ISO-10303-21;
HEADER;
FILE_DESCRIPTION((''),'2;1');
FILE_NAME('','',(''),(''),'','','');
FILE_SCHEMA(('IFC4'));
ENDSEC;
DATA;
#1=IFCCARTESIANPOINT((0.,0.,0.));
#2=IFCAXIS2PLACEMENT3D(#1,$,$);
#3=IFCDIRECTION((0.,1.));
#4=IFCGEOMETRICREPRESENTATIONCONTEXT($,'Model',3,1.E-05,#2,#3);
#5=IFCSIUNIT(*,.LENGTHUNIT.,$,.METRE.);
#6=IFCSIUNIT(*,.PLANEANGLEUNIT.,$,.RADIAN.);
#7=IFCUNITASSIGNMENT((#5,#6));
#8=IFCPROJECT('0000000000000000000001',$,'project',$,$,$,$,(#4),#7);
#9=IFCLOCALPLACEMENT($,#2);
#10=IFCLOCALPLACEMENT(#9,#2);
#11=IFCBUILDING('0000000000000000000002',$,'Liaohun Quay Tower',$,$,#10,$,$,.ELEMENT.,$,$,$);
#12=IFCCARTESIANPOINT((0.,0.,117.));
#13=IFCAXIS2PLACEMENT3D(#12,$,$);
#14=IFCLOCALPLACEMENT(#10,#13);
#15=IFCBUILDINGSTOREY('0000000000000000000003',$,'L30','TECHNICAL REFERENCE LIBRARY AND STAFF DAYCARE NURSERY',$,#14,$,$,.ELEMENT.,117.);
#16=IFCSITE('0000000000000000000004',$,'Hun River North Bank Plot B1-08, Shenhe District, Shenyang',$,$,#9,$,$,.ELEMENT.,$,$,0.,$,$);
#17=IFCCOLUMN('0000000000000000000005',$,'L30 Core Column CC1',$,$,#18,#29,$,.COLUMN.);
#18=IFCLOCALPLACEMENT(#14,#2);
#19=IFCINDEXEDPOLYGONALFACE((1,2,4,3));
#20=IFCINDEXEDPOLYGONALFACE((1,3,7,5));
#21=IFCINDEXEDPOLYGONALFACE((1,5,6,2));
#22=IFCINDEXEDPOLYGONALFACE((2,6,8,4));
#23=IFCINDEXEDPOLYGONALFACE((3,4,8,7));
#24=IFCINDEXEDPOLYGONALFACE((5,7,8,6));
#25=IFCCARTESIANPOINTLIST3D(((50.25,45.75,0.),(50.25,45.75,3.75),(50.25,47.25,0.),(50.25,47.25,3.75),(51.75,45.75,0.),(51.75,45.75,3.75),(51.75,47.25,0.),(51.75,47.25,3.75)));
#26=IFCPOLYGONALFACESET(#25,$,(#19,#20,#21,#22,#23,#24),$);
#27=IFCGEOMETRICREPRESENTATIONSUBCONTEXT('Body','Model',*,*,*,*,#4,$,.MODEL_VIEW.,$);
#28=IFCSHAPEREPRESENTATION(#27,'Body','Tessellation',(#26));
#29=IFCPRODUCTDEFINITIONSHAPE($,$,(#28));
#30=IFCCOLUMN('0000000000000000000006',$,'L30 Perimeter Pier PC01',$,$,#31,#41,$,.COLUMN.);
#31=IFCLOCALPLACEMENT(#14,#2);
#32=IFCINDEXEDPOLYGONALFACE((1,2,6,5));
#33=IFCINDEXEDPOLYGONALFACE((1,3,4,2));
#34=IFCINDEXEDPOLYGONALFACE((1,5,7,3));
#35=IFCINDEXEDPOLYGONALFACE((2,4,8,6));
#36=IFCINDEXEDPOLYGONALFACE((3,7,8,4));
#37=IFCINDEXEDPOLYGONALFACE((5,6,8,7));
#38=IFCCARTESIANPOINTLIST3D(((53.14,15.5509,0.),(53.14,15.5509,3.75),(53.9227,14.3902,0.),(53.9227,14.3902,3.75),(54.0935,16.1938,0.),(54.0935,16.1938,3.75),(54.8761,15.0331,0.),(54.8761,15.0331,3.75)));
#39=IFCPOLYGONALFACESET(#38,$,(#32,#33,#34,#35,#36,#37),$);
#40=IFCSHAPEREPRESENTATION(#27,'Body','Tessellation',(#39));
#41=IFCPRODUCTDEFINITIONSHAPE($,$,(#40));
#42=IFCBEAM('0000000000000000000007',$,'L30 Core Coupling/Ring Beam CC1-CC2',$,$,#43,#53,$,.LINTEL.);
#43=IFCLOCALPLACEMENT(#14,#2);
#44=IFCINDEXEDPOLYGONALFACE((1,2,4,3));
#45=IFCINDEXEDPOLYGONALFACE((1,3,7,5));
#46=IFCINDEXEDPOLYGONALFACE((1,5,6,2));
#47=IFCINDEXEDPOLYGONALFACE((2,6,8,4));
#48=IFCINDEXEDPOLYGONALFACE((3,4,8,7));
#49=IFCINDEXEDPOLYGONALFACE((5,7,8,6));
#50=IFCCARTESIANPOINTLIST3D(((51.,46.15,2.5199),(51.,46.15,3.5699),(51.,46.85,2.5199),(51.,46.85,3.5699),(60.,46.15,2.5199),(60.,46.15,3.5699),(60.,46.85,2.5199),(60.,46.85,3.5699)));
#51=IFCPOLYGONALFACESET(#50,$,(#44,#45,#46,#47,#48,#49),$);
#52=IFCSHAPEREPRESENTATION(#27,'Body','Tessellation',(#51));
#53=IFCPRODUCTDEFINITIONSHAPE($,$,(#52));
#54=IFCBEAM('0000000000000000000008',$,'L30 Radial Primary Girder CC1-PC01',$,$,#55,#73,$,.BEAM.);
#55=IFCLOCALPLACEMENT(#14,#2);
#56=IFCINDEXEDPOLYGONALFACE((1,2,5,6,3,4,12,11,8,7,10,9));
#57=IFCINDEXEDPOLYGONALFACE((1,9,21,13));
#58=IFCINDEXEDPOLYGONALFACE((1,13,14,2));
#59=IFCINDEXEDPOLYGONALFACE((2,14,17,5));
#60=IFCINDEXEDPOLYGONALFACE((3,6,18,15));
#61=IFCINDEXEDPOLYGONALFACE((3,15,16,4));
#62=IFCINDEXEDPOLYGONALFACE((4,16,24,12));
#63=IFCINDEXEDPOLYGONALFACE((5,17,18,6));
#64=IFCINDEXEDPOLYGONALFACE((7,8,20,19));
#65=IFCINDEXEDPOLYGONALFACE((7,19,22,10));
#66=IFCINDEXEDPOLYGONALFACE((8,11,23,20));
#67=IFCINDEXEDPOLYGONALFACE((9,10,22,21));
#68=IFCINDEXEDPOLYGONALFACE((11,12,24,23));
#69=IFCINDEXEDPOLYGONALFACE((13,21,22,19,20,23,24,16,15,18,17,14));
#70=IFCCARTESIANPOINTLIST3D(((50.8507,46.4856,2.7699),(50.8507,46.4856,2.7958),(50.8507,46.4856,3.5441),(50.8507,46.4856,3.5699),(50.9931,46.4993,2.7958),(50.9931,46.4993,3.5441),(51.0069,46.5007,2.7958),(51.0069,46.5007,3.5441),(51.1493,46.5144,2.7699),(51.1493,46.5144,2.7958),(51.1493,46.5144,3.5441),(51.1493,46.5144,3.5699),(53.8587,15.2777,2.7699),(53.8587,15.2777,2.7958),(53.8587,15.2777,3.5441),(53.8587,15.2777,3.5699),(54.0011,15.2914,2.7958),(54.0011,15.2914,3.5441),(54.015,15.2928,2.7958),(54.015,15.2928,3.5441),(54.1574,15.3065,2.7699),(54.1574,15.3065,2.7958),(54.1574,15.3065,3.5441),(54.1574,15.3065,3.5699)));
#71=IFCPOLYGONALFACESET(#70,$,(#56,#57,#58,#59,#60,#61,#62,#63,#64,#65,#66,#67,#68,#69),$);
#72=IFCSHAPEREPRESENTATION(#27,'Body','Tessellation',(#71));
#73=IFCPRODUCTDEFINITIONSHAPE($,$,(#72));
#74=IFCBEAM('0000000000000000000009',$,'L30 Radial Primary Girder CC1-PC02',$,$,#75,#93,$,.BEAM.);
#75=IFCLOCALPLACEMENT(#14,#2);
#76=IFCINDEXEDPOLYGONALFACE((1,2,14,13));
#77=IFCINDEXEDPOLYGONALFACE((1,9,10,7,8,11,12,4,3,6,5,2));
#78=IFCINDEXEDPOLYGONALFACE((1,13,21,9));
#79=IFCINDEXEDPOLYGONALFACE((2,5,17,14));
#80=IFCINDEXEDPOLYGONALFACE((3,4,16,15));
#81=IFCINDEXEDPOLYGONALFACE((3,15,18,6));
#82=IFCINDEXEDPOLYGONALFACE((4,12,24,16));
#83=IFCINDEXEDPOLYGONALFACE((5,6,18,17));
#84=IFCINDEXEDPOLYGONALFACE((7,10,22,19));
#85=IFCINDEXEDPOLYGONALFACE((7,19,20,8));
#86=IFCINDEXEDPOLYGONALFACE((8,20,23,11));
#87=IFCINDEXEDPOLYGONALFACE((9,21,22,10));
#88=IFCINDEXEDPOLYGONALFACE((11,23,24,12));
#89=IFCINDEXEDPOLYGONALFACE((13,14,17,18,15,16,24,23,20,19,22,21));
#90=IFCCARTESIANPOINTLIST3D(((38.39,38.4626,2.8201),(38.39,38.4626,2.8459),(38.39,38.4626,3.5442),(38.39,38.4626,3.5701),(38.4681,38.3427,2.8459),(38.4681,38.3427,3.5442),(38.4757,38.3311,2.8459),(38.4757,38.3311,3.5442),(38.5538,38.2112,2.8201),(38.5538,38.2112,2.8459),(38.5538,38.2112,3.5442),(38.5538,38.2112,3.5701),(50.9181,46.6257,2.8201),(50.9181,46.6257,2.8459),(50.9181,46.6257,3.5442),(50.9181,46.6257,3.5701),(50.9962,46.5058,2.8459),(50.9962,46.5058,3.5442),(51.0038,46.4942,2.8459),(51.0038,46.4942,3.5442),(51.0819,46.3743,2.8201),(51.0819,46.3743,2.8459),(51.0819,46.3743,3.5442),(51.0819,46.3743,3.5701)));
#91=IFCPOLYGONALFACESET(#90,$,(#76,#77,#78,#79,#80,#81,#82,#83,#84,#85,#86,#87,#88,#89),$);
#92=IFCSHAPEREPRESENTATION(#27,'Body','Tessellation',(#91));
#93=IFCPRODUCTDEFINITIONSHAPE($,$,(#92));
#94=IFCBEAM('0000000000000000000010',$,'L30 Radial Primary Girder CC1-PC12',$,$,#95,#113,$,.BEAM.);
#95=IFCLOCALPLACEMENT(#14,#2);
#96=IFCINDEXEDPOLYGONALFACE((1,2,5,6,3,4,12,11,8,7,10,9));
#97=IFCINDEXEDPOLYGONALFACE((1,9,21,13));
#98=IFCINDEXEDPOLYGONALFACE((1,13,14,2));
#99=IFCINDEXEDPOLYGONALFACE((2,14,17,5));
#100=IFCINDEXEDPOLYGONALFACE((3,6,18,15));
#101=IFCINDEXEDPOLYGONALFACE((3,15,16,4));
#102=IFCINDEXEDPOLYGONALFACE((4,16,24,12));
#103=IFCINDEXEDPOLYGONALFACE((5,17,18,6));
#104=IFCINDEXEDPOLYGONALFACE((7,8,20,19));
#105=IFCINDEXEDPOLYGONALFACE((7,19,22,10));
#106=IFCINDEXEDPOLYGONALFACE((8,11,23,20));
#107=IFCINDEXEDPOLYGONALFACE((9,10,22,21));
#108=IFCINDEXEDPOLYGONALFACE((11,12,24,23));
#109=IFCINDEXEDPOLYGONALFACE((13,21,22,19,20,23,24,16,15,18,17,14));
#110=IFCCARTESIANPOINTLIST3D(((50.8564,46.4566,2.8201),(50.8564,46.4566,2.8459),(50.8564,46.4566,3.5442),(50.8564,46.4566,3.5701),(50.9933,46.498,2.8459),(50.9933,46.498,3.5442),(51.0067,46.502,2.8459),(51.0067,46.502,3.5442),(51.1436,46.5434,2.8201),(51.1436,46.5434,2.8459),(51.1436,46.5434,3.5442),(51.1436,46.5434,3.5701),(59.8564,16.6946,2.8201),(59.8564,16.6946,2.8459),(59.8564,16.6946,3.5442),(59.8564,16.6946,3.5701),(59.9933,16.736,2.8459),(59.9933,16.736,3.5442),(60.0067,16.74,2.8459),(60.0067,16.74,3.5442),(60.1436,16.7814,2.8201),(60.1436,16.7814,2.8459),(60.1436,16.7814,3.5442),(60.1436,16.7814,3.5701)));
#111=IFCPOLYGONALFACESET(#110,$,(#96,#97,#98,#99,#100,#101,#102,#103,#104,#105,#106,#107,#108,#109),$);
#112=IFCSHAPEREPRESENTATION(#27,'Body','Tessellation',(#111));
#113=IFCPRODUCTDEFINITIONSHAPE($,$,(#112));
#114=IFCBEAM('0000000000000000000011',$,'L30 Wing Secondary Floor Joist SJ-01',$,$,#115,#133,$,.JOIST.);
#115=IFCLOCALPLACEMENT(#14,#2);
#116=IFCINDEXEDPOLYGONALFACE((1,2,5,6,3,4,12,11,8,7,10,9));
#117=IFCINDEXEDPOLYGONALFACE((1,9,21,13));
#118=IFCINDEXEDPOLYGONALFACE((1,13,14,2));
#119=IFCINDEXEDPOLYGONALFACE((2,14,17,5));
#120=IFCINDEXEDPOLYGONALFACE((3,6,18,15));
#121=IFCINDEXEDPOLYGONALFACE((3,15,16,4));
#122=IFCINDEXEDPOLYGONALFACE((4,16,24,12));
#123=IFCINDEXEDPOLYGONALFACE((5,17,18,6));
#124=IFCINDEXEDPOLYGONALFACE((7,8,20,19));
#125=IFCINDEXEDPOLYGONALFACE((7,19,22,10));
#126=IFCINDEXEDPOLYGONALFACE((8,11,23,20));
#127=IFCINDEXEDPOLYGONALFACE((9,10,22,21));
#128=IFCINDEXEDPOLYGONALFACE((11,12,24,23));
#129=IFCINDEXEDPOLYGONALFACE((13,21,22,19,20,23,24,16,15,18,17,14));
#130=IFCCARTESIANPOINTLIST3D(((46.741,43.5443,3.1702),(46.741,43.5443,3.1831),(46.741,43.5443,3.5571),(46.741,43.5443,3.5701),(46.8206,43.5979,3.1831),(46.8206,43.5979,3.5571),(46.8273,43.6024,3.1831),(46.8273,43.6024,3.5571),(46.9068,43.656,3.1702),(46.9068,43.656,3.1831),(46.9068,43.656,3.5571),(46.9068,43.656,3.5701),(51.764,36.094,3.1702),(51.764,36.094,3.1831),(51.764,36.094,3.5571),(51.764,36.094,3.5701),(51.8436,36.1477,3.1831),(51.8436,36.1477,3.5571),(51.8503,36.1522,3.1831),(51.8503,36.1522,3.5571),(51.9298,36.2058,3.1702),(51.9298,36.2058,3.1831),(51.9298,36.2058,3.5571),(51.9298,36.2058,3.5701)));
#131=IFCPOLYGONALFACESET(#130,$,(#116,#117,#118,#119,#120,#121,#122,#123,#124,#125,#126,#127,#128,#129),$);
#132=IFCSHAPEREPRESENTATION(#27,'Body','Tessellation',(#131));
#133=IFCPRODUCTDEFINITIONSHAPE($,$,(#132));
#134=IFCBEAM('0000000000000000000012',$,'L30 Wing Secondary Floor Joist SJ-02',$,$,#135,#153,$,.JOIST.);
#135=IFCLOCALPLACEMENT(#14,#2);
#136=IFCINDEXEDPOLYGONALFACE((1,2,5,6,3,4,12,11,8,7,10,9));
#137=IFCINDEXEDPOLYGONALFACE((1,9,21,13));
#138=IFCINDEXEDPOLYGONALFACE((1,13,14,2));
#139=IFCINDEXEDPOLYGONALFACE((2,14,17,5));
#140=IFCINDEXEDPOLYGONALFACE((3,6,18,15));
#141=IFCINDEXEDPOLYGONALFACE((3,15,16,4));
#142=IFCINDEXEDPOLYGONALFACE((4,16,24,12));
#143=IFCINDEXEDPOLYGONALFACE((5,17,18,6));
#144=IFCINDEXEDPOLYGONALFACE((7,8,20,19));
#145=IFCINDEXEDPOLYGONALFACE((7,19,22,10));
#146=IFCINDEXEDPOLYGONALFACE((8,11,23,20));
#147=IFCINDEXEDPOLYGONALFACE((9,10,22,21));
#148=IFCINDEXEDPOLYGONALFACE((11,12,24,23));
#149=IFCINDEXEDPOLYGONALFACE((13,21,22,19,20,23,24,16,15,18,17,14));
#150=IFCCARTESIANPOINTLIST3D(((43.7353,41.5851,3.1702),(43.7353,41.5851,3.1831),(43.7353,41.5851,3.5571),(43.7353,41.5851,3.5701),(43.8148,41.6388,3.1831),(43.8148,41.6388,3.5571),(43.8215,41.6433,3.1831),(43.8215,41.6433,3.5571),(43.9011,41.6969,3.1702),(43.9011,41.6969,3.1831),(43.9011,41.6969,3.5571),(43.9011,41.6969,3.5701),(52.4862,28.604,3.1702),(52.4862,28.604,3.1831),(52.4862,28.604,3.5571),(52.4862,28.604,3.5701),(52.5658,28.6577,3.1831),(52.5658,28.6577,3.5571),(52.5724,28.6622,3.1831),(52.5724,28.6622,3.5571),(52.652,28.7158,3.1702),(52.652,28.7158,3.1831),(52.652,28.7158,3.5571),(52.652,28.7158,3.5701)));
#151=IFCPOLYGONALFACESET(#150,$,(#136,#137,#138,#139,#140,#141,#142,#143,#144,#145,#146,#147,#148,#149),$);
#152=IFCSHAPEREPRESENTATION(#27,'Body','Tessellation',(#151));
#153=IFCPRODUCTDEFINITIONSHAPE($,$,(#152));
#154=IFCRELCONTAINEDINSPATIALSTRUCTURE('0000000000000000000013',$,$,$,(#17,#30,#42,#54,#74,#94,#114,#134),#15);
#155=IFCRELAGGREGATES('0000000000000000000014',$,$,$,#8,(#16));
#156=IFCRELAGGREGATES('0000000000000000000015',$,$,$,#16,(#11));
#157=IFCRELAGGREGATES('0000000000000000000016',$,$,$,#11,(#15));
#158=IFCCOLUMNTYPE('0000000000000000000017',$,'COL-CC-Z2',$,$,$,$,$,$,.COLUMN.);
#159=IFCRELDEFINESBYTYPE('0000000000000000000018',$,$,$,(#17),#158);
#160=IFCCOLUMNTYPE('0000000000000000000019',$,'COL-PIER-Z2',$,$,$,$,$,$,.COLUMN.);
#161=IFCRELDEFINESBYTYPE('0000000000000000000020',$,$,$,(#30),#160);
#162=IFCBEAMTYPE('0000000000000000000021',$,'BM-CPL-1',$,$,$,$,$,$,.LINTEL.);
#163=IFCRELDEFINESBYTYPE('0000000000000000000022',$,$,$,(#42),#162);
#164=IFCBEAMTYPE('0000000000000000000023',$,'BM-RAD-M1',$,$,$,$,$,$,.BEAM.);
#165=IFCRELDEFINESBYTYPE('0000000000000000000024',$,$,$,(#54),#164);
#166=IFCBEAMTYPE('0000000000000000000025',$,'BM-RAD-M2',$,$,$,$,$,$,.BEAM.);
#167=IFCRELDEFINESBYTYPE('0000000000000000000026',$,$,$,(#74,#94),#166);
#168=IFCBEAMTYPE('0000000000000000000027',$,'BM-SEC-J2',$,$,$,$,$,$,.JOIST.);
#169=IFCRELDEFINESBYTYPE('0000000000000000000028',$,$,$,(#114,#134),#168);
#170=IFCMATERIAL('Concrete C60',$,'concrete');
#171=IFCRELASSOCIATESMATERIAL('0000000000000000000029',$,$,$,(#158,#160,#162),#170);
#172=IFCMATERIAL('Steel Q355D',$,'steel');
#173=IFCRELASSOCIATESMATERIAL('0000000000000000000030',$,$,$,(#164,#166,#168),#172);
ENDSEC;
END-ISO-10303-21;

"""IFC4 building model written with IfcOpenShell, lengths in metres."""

from ifc_helpers import new_model, si_unit, direction, frame, origin, origin_2d, place, context, subcontext, project, spatial, rectangle, i_section, extrude, source, transform, mapped, material, material_profile, profile_set, type_object, element, save


model = new_model("IFC4")

# Units and contexts
model_context = context("Model", 3, precision=1e-05, world=origin(), true_north=direction((0.0, 1.0)))
body_context = subcontext(model_context, "Body", "Model", "MODEL_VIEW")
ifc_project = project(units=[si_unit("LENGTHUNIT", "METRE"), si_unit("PLANEANGLEUNIT", "RADIAN")], contexts=[model_context])

# Site, building, storey
site_placement = place(None, origin())
site = spatial("IfcSite", under=ifc_project, at=site_placement, Name="Hun River North Bank Plot B1-08, Shenhe District, Shenyang", CompositionType="ELEMENT", RefElevation=0.0)
building_placement = place(site_placement, origin())
building = spatial("IfcBuilding", under=site, at=building_placement, Name="Liaohun Quay Tower", CompositionType="ELEMENT")
storey_placement = place(building_placement, frame((0.0, 0.0, 117.0)))
storey = spatial("IfcBuildingStorey", under=building, at=storey_placement, Name="L30", Description="TECHNICAL REFERENCE LIBRARY AND STAFF DAYCARE NURSERY", CompositionType="ELEMENT", Elevation=117.0)

# Columns
ifc_material_1 = material(Name="Concrete C60", Category="concrete")
ifc_material_profile_1 = material_profile(ifc_material_1, rectangle(XDim=1.5, YDim=1.5, at=origin_2d()), Name="RC1500x1500")
ifc_profile_set_1 = profile_set([ifc_material_profile_1], Name="Concrete C60")
column_type_1 = type_object("IfcColumnType", Name="COL-CC-Z2", PredefinedType="COLUMN", material=ifc_profile_set_1)
shared_shape_1 = source(origin(), body_context, "Body", "SweptSolid", [
    extrude(rectangle(XDim=1.5, YDim=1.5, at=origin_2d()), origin(), (0.0, 0.0, 1.0), 3.75),
])
column_1_placement = place(storey_placement, frame((51.0, 46.5, 0.0), z_axis=(0.0, 0.0, 1.0), x_axis=(1.0, 0.0, 0.0)))
element("IfcColumn", 1, at=column_1_placement, inside=storey, type_object=column_type_1, Name="L30 Core Column CC1", PredefinedType="COLUMN", context=body_context, shape_type="MappedRepresentation", body=[
    mapped(shared_shape_1, transform((0.0, 0.0, 0.0), x_axis=(1.0, 0.0, 0.0), y_axis=(0.0, 1.0, 0.0), z_axis=(0.0, 0.0, 1.0), scale=1.0)),
])
ifc_material_profile_2 = material_profile(ifc_material_1, rectangle(XDim=1.3999, YDim=1.1499, at=origin_2d()), Name="RC1400x1150")
ifc_profile_set_2 = profile_set([ifc_material_profile_2], Name="Concrete C60")
column_type_2 = type_object("IfcColumnType", Name="COL-PIER-Z2", PredefinedType="COLUMN", material=ifc_profile_set_2)
shared_shape_2 = source(origin(), body_context, "Body", "SweptSolid", [
    extrude(rectangle(XDim=1.3999, YDim=1.1499, at=origin_2d()), origin(), (0.0, 0.0, 1.0), 3.75),
])
column_2_placement = place(storey_placement, frame((54.0081, 15.292, 0.0), z_axis=(0.0, 0.0, 1.0), x_axis=(-0.559048, 0.829135, 0.0)))
element("IfcColumn", 2, at=column_2_placement, inside=storey, type_object=column_type_2, Name="L30 Perimeter Pier PC01", PredefinedType="COLUMN", context=body_context, shape_type="MappedRepresentation", body=[
    mapped(shared_shape_2, transform((0.0, 0.0, 0.0), x_axis=(1.0, 0.0, 0.0), y_axis=(0.0, 1.0, 0.0), z_axis=(0.0, 0.0, 1.0), scale=1.0)),
])

# Beams
ifc_material_profile_3 = material_profile(ifc_material_1, rectangle(XDim=0.7, YDim=1.05, at=origin_2d()), Name="RC700x1050")
ifc_profile_set_3 = profile_set([ifc_material_profile_3], Name="Concrete C60")
beam_type_1 = type_object("IfcBeamType", Name="BM-CPL-1", PredefinedType="LINTEL", material=ifc_profile_set_3)
shared_shape_3 = source(origin(), body_context, "Body", "SweptSolid", [
    extrude(rectangle(XDim=0.7, YDim=1.05, at=origin_2d()), origin(), (0.0, 0.0, 1.0), 9.0),
])
beam_1_placement = place(storey_placement, frame((51.0, 46.5, 3.0449), z_axis=(1.0, 0.0, 0.0), x_axis=(0.0, 1.0, 0.0)))
element("IfcBeam", 3, at=beam_1_placement, inside=storey, type_object=beam_type_1, Name="L30 Core Coupling/Ring Beam CC1-CC2", PredefinedType="LINTEL", context=body_context, shape_type="MappedRepresentation", body=[
    mapped(shared_shape_3, transform((0.0, 0.0, 0.0), x_axis=(1.0, 0.0, 0.0), y_axis=(0.0, 1.0, 0.0), z_axis=(0.0, 0.0, 1.0), scale=1.0)),
])
ifc_material_2 = material(Name="Steel Q355D", Category="steel")
ifc_material_profile_4 = material_profile(ifc_material_2, i_section(OverallWidth=0.3, OverallDepth=0.8, WebThickness=0.0139, FlangeThickness=0.0259, at=origin_2d()), Name="HN800x300x14x26")
ifc_profile_set_4 = profile_set([ifc_material_profile_4], Name="Steel Q355D")
beam_type_2 = type_object("IfcBeamType", Name="BM-RAD-M1", PredefinedType="BEAM", material=ifc_profile_set_4)
shared_shape_4 = source(origin(), body_context, "Body", "SweptSolid", [
    extrude(i_section(OverallWidth=0.3, OverallDepth=0.8, WebThickness=0.0139, FlangeThickness=0.0259, at=origin_2d()), origin(), (0.0, 0.0, 1.0), 31.3525),
])
beam_2_placement = place(storey_placement, frame((51.0, 46.5, 3.1699), z_axis=(0.095943, -0.995387, 0.0), x_axis=(0.995387, 0.095943, 0.0)))
element("IfcBeam", 4, at=beam_2_placement, inside=storey, type_object=beam_type_2, Name="L30 Radial Primary Girder CC1-PC01", PredefinedType="BEAM", context=body_context, shape_type="MappedRepresentation", body=[
    mapped(shared_shape_4, transform((0.0, 0.0, 0.0), x_axis=(1.0, 0.0, 0.0), y_axis=(0.0, 1.0, 0.0), z_axis=(0.0, 0.0, 1.0), scale=1.0)),
])
ifc_material_profile_5 = material_profile(ifc_material_2, i_section(OverallWidth=0.3, OverallDepth=0.75, WebThickness=0.0139, FlangeThickness=0.0259, at=origin_2d()), Name="HN750x300x14x26")
ifc_profile_set_5 = profile_set([ifc_material_profile_5], Name="Steel Q355D")
beam_type_3 = type_object("IfcBeamType", Name="BM-RAD-M2", PredefinedType="BEAM", material=ifc_profile_set_5)
shared_shape_5 = source(origin(), body_context, "Body", "SweptSolid", [
    extrude(i_section(OverallWidth=0.3, OverallDepth=0.75, WebThickness=0.0139, FlangeThickness=0.0259, at=origin_2d()), origin(), (0.0, 0.0, 1.0), 14.9529),
])
beam_3_placement = place(storey_placement, frame((51.0, 46.5, 3.1951), z_axis=(-0.837837, -0.545921, 0.0), x_axis=(0.545921, -0.837837, 0.0)))
element("IfcBeam", 5, at=beam_3_placement, inside=storey, type_object=beam_type_3, Name="L30 Radial Primary Girder CC1-PC02", PredefinedType="BEAM", context=body_context, shape_type="MappedRepresentation", body=[
    mapped(shared_shape_5, transform((0.0, 0.0, 0.0), x_axis=(1.0, 0.0, 0.0), y_axis=(0.0, 1.0, 0.0), z_axis=(0.0, 0.0, 1.0), scale=1.0)),
])
shared_shape_6 = source(origin(), body_context, "Body", "SweptSolid", [
    extrude(i_section(OverallWidth=0.3, OverallDepth=0.75, WebThickness=0.0139, FlangeThickness=0.0259, at=origin_2d()), origin(), (0.0, 0.0, 1.0), 31.093),
])
beam_4_placement = place(storey_placement, frame((51.0, 46.5, 3.1951), z_axis=(0.289454, -0.957192, 0.0), x_axis=(0.957192, 0.289454, 0.0)))
element("IfcBeam", 6, at=beam_4_placement, inside=storey, type_object=beam_type_3, Name="L30 Radial Primary Girder CC1-PC12", PredefinedType="BEAM", context=body_context, shape_type="MappedRepresentation", body=[
    mapped(shared_shape_6, transform((0.0, 0.0, 0.0), x_axis=(1.0, 0.0, 0.0), y_axis=(0.0, 1.0, 0.0), z_axis=(0.0, 0.0, 1.0), scale=1.0)),
])
ifc_material_profile_6 = material_profile(ifc_material_2, i_section(OverallWidth=0.2, OverallDepth=0.3999, WebThickness=0.0081, FlangeThickness=0.0129, at=origin_2d()), Name="HN400x200x8x13")
ifc_profile_set_6 = profile_set([ifc_material_profile_6], Name="Steel Q355D")
beam_type_4 = type_object("IfcBeamType", Name="BM-SEC-J2", PredefinedType="JOIST", material=ifc_profile_set_6)
shared_shape_7 = source(origin(), body_context, "Body", "SweptSolid", [
    extrude(i_section(OverallWidth=0.2, OverallDepth=0.3999, WebThickness=0.0081, FlangeThickness=0.0129, at=origin_2d()), origin(), (0.0, 0.0, 1.0), 8.9854),
])
beam_5_placement = place(storey_placement, frame((51.8469, 36.1499, 3.3701), z_axis=(-0.559019, 0.829155, 0.0), x_axis=(-0.829155, -0.559019, 0.0)))
element("IfcBeam", 7, at=beam_5_placement, inside=storey, type_object=beam_type_4, Name="L30 Wing Secondary Floor Joist SJ-01", PredefinedType="JOIST", context=body_context, shape_type="MappedRepresentation", body=[
    mapped(shared_shape_7, transform((0.0, 0.0, 0.0), x_axis=(1.0, 0.0, 0.0), y_axis=(0.0, 1.0, 0.0), z_axis=(0.0, 0.0, 1.0), scale=1.0)),
])
shared_shape_8 = source(origin(), body_context, "Body", "SweptSolid", [
    extrude(i_section(OverallWidth=0.2, OverallDepth=0.3999, WebThickness=0.0081, FlangeThickness=0.0129, at=origin_2d()), origin(), (0.0, 0.0, 1.0), 15.6553),
])
beam_6_placement = place(storey_placement, frame((52.5691, 28.6599, 3.3701), z_axis=(-0.558975, 0.829184, 0.0), x_axis=(-0.829184, -0.558975, 0.0)))
element("IfcBeam", 8, at=beam_6_placement, inside=storey, type_object=beam_type_4, Name="L30 Wing Secondary Floor Joist SJ-02", PredefinedType="JOIST", context=body_context, shape_type="MappedRepresentation", body=[
    mapped(shared_shape_8, transform((0.0, 0.0, 0.0), x_axis=(1.0, 0.0, 0.0), y_axis=(0.0, 1.0, 0.0), z_axis=(0.0, 0.0, 1.0), scale=1.0)),
])

save(model, "model.ifc")
